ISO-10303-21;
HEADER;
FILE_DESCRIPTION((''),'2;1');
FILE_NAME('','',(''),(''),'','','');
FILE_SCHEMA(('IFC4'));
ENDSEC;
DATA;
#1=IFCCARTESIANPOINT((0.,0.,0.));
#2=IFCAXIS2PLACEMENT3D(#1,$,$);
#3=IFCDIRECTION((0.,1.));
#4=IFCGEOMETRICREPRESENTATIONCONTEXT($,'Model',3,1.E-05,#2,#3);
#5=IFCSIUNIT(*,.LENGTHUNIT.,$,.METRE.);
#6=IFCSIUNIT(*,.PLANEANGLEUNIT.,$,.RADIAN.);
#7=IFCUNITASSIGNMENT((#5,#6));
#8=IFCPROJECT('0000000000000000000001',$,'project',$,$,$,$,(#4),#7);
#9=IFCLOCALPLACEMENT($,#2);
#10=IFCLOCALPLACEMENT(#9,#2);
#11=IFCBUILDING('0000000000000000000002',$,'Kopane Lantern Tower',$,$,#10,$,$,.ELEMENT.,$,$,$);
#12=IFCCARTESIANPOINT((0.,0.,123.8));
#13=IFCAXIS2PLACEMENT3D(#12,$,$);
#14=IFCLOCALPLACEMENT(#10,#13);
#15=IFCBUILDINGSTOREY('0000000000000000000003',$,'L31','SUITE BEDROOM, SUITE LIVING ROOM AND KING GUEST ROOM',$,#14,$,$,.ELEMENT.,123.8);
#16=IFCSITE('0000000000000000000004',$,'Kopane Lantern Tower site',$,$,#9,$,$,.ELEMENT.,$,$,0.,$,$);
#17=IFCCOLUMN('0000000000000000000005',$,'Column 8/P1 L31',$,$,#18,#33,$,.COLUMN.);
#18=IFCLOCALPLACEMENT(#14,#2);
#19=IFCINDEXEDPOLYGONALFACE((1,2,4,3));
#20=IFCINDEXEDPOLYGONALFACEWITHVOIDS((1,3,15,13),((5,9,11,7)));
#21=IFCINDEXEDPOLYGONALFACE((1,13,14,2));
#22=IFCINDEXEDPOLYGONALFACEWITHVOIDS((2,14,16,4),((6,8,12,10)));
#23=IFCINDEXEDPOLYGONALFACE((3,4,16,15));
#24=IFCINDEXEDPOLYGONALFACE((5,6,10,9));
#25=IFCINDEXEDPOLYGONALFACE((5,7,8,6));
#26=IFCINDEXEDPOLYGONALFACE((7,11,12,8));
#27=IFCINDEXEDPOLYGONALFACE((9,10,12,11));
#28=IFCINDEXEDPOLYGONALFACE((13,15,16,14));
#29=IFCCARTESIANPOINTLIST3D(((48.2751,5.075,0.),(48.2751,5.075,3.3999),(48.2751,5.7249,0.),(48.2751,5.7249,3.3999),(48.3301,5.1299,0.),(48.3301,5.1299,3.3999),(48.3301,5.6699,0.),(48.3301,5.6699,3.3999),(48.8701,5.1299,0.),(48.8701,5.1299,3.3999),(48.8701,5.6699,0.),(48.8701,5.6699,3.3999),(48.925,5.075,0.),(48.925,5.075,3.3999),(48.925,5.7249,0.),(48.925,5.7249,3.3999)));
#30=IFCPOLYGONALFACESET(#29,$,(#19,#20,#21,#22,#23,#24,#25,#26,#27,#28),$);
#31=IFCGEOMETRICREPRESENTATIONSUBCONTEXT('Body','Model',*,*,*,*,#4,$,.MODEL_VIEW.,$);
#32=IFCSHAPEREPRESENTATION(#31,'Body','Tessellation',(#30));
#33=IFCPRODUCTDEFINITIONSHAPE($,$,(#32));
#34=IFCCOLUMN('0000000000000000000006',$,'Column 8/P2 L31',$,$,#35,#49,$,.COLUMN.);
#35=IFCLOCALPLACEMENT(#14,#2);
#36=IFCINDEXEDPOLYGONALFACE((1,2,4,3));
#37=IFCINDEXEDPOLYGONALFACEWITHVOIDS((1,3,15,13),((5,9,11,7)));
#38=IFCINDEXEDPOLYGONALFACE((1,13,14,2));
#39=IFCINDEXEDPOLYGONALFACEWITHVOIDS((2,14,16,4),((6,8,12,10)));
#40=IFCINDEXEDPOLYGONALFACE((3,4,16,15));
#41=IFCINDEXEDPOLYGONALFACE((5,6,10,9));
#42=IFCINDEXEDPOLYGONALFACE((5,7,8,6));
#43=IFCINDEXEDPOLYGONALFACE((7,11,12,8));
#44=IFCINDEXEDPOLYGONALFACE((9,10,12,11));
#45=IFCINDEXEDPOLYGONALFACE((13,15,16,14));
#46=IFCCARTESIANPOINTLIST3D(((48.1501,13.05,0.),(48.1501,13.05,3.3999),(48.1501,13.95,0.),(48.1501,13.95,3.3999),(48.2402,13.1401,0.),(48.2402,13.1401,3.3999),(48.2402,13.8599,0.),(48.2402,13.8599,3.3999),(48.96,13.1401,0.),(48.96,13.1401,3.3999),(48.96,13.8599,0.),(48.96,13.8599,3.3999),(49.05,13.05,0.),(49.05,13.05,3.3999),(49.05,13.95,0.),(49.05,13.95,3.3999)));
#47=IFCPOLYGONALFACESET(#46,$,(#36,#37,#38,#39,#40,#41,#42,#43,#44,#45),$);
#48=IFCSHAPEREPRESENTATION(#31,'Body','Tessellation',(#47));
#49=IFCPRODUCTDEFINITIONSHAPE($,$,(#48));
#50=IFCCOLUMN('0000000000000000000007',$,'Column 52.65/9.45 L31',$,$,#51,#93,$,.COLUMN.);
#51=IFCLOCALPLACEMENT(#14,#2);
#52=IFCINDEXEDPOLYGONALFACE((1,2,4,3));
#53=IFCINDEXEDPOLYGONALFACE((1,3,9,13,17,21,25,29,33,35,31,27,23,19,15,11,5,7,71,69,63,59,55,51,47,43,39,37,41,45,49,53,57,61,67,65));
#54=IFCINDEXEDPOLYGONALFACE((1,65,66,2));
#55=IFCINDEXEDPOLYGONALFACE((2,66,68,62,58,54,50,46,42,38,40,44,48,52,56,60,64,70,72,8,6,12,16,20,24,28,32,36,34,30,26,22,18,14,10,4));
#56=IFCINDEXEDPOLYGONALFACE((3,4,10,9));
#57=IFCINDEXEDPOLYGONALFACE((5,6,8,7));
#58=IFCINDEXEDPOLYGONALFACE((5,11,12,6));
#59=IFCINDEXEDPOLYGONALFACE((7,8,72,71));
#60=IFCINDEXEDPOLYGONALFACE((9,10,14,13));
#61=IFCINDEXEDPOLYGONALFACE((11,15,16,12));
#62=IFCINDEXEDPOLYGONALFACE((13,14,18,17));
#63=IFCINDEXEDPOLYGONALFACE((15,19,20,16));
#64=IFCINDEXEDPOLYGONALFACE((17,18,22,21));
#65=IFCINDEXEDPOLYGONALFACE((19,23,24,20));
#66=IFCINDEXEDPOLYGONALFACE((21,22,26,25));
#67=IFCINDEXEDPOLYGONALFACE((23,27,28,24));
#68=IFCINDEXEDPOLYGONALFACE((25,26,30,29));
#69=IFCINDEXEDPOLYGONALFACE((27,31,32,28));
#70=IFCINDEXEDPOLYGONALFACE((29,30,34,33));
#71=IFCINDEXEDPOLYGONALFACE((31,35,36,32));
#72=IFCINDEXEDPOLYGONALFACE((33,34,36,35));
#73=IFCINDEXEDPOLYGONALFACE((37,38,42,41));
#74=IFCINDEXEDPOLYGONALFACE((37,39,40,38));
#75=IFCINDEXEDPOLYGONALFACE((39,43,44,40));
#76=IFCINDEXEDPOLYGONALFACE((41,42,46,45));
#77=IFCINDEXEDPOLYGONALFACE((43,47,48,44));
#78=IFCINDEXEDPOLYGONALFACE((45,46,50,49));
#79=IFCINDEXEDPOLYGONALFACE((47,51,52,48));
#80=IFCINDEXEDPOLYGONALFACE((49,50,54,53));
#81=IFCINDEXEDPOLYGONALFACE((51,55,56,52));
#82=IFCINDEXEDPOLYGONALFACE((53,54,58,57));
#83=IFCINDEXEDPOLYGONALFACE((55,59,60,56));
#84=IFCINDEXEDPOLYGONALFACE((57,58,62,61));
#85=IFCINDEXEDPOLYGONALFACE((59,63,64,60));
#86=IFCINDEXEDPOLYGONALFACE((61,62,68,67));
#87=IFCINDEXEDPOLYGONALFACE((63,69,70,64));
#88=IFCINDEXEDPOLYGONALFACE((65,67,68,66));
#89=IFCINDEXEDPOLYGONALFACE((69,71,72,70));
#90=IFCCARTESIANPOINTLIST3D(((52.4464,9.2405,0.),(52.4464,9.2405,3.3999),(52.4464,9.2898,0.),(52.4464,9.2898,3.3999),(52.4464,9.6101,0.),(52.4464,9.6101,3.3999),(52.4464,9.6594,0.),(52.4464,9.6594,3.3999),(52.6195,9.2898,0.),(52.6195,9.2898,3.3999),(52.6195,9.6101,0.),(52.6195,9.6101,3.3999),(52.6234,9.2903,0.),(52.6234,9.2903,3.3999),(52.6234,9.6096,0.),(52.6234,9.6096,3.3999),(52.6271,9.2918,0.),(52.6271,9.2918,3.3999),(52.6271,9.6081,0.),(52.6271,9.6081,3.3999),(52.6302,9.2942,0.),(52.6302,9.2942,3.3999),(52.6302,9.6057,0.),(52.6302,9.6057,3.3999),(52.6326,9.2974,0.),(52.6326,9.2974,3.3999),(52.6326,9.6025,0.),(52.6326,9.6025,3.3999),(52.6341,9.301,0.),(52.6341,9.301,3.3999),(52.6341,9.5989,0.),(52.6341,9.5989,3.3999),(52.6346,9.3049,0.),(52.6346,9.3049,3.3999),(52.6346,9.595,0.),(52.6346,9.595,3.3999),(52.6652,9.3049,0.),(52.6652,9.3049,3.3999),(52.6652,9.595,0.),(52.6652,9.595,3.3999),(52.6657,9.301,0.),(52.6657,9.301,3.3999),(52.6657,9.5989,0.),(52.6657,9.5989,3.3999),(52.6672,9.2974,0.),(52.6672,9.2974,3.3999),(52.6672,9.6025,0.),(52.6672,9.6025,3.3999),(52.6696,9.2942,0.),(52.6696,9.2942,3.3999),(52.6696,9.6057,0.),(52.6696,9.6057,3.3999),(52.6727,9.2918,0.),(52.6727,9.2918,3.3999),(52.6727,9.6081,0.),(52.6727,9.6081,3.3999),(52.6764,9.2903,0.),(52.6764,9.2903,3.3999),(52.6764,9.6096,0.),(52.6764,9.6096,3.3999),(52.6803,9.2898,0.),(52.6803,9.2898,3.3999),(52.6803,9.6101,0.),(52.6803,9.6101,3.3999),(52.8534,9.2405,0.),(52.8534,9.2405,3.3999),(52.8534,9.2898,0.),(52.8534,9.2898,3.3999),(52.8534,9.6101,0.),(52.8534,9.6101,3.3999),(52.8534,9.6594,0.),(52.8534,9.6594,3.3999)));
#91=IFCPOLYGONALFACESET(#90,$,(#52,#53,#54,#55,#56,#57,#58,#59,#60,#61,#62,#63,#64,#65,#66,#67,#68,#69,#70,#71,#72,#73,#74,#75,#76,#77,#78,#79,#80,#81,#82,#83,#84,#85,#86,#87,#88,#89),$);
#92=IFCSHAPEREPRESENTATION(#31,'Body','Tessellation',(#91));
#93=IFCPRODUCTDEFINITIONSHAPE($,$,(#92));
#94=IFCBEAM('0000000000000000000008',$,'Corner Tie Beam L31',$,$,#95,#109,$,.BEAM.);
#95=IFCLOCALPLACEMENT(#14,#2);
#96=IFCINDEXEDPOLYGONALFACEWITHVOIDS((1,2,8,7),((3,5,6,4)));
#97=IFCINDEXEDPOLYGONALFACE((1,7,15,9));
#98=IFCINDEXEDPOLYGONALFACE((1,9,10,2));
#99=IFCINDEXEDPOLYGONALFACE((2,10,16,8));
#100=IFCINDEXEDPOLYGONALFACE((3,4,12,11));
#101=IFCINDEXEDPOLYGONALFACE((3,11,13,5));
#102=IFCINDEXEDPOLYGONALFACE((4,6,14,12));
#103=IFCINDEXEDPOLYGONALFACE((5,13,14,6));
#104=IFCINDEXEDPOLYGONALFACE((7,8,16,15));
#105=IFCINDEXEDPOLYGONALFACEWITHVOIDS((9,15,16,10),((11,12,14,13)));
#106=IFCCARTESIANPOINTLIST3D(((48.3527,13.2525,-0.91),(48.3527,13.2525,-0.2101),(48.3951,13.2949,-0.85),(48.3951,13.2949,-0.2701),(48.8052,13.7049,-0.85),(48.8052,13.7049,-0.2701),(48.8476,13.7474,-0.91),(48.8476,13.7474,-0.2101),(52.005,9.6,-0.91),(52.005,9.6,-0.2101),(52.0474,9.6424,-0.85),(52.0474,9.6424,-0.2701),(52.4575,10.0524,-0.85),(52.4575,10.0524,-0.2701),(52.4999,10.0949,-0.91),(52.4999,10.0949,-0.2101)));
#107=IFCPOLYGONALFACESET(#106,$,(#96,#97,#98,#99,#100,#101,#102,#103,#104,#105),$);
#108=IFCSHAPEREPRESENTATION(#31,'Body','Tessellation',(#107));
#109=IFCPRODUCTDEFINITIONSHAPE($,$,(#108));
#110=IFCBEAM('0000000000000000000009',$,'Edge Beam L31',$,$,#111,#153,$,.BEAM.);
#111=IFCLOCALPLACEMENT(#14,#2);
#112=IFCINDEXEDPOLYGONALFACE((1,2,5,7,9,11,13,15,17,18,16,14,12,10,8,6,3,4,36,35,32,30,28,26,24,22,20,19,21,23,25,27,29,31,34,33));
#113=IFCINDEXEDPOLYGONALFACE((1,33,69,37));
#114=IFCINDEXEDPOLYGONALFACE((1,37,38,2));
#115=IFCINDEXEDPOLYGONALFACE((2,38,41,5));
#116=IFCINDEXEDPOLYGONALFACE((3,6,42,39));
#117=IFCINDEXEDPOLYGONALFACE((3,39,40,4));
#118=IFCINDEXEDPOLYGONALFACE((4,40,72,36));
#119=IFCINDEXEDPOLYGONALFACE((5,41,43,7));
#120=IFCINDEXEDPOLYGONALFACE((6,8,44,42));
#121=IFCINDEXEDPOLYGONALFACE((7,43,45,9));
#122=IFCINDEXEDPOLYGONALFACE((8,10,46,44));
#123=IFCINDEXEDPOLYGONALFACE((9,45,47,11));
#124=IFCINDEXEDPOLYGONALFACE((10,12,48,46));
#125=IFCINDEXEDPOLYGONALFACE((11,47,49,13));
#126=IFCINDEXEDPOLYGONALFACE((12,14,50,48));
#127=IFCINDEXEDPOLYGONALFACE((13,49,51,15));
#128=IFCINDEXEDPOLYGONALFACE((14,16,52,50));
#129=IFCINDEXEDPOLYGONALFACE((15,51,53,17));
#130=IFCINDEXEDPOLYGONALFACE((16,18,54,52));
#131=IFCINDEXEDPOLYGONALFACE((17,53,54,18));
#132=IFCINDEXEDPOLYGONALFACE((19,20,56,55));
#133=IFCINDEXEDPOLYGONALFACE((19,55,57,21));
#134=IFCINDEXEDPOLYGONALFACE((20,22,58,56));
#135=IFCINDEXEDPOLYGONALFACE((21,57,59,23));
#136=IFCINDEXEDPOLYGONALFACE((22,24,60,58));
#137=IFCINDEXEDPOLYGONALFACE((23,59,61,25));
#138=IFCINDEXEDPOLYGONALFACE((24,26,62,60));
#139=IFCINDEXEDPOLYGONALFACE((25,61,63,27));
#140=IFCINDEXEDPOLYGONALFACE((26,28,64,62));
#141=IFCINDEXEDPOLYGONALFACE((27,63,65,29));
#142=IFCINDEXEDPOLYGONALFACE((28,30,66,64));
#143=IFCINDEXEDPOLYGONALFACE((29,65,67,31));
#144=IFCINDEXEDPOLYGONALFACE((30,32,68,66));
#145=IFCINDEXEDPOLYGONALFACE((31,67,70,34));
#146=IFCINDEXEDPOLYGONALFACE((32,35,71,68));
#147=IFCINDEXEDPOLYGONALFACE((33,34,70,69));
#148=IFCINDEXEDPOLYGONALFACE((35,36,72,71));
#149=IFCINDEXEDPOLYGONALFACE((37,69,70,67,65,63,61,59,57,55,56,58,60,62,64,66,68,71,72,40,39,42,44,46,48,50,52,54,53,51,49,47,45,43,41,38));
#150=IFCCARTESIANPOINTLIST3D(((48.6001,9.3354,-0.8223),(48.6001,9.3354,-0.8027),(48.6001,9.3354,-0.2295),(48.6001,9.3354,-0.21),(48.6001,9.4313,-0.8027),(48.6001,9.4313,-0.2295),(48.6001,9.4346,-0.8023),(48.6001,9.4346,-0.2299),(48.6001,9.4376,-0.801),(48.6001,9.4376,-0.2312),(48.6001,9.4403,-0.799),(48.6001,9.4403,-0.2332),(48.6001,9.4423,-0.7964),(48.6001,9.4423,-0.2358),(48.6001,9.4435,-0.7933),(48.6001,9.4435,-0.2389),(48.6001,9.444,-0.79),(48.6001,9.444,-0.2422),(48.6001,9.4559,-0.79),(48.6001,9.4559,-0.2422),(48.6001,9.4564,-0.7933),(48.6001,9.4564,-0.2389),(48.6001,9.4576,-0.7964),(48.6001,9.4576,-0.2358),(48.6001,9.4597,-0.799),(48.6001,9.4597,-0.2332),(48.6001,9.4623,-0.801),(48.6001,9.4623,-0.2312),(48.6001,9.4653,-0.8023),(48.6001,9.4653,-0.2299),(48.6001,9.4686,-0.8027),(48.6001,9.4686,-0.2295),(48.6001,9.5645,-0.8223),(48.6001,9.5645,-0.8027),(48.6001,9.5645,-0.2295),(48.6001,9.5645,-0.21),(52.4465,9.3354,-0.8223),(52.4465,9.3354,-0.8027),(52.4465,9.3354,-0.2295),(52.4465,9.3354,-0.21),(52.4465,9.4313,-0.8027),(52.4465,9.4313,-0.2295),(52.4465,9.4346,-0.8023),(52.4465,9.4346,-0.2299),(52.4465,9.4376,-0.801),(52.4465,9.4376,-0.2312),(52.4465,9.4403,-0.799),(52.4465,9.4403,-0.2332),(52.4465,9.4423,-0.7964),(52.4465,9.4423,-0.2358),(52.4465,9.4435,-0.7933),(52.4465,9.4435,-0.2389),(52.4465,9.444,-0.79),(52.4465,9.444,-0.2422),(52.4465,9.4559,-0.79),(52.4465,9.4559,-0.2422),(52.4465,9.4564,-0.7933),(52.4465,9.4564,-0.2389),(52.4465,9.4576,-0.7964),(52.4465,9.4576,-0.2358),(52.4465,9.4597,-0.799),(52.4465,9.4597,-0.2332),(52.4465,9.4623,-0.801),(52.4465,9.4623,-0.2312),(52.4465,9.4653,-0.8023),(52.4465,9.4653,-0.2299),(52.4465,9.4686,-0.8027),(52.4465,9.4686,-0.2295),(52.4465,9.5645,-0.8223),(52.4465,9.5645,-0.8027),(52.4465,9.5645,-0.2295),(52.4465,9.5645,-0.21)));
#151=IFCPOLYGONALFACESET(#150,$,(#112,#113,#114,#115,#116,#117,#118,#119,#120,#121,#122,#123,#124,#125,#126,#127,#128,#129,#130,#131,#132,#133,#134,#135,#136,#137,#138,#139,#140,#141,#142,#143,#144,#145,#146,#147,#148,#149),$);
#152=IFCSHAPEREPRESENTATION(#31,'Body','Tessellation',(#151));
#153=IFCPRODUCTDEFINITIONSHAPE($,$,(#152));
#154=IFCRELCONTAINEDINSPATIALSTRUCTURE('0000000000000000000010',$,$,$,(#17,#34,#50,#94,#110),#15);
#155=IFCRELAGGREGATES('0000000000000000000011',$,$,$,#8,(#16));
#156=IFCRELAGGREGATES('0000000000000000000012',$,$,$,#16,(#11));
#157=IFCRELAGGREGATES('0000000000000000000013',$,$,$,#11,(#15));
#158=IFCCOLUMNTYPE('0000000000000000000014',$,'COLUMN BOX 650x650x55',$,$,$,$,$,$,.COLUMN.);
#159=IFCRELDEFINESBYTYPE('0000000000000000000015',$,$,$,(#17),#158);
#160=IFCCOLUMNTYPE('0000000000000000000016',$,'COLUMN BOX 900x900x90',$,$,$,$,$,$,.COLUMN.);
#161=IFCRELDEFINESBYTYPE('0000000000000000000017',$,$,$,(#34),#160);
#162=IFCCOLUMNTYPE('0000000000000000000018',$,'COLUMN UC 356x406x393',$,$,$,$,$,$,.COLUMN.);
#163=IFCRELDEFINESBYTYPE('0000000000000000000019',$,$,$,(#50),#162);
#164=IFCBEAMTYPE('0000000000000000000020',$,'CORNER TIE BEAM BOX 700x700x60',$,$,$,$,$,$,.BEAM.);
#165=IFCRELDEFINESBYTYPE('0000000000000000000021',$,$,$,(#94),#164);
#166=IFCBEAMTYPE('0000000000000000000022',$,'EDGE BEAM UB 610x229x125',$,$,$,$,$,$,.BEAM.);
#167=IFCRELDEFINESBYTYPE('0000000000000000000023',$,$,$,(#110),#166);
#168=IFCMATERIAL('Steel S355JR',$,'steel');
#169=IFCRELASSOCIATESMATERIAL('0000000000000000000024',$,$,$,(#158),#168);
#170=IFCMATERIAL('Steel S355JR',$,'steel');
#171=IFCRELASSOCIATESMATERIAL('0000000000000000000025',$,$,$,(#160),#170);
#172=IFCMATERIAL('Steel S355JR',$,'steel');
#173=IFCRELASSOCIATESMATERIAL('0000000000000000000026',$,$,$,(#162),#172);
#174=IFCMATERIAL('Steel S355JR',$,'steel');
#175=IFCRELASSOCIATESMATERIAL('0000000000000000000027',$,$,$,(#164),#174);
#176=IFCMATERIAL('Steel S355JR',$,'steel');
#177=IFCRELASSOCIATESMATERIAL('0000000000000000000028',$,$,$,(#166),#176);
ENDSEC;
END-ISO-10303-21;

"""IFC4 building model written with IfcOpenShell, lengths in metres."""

from ifc_helpers import new_model, si_unit, direction, frame, origin, origin_2d, place, context, subcontext, project, spatial, hollow_rectangle, i_section, extrude, material, material_profile, profile_set, type_object, element, save


model = new_model("IFC4")

# Units and contexts
model_context = context("Model", 3, precision=1e-05, world=origin(), true_north=direction((0.0, 1.0)))
body_context = subcontext(model_context, "Body", "Model", "MODEL_VIEW")
ifc_project = project(units=[si_unit("LENGTHUNIT", "METRE"), si_unit("PLANEANGLEUNIT", "RADIAN")], contexts=[model_context])

# Site, building, storey
site_placement = place(None, origin())
site = spatial("IfcSite", under=ifc_project, at=site_placement, Name="Kopane Lantern Tower site", CompositionType="ELEMENT", RefElevation=0.0)
building_placement = place(site_placement, origin())
building = spatial("IfcBuilding", under=site, at=building_placement, Name="Kopane Lantern Tower", CompositionType="ELEMENT")
storey_placement = place(building_placement, frame((0.0, 0.0, 123.8)))
storey = spatial("IfcBuildingStorey", under=building, at=storey_placement, Name="L31", Description="SUITE BEDROOM, SUITE LIVING ROOM AND KING GUEST ROOM", CompositionType="ELEMENT", Elevation=123.8)

# Columns
ifc_material_1 = material(Name="Steel S355JR", Category="steel")
ifc_material_profile_1 = material_profile(ifc_material_1, hollow_rectangle(XDim=0.6499, YDim=0.6499, WallThickness=0.0549, at=origin_2d()), Name="BOX 650x650x55")
ifc_profile_set_1 = profile_set([ifc_material_profile_1], Name="Steel S355JR")
column_type_1 = type_object("IfcColumnType", Name="COLUMN BOX 650x650x55", PredefinedType="COLUMN", material=ifc_profile_set_1)
column_1_placement = place(storey_placement, frame((48.6001, 5.3999, 0.0), z_axis=(0.0, 0.0, 1.0), x_axis=(1.0, 0.0, 0.0)))
element("IfcColumn", 1, at=column_1_placement, inside=storey, type_object=column_type_1, Name="Column 8/P1 L31", PredefinedType="COLUMN", context=body_context, shape_type="SweptSolid", body=[
    extrude(hollow_rectangle(XDim=0.6499, YDim=0.6499, WallThickness=0.0549, at=origin_2d()), origin(), (0.0, 0.0, 1.0), 3.3999),
])
ifc_material_2 = material(Name="Steel S355JR", Category="steel")
ifc_material_profile_2 = material_profile(ifc_material_2, hollow_rectangle(XDim=0.8999, YDim=0.8999, WallThickness=0.0901, at=origin_2d()), Name="BOX 900x900x90")
ifc_profile_set_2 = profile_set([ifc_material_profile_2], Name="Steel S355JR")
column_type_2 = type_object("IfcColumnType", Name="COLUMN BOX 900x900x90", PredefinedType="COLUMN", material=ifc_profile_set_2)
column_2_placement = place(storey_placement, frame((48.6001, 13.5, 0.0), z_axis=(0.0, 0.0, 1.0), x_axis=(1.0, 0.0, 0.0)))
element("IfcColumn", 2, at=column_2_placement, inside=storey, type_object=column_type_2, Name="Column 8/P2 L31", PredefinedType="COLUMN", context=body_context, shape_type="SweptSolid", body=[
    extrude(hollow_rectangle(XDim=0.8999, YDim=0.8999, WallThickness=0.0901, at=origin_2d()), origin(), (0.0, 0.0, 1.0), 3.3999),
])
ifc_material_3 = material(Name="Steel S355JR", Category="steel")
ifc_material_profile_3 = material_profile(ifc_material_3, i_section(OverallWidth=0.407, OverallDepth=0.4189, WebThickness=0.0305, FlangeThickness=0.0493, FilletRadius=0.0151, at=origin_2d()), Name="UC 356x406x393")
ifc_profile_set_3 = profile_set([ifc_material_profile_3], Name="Steel S355JR")
column_type_3 = type_object("IfcColumnType", Name="COLUMN UC 356x406x393", PredefinedType="COLUMN", material=ifc_profile_set_3)
column_3_placement = place(storey_placement, frame((52.6499, 9.45, 0.0), z_axis=(0.0, 0.0, 1.0), x_axis=(1.0, 0.0, 0.0)))
element("IfcColumn", 3, at=column_3_placement, inside=storey, type_object=column_type_3, Name="Column 52.65/9.45 L31", PredefinedType="COLUMN", context=body_context, shape_type="SweptSolid", body=[
    extrude(i_section(OverallWidth=0.407, OverallDepth=0.4189, WebThickness=0.0305, FlangeThickness=0.0493, FilletRadius=0.0151, at=origin_2d()), origin(), (0.0, 0.0, 1.0), 3.3999),
])

# Beams
ifc_material_4 = material(Name="Steel S355JR", Category="steel")
ifc_material_profile_4 = material_profile(ifc_material_4, hollow_rectangle(XDim=0.7, YDim=0.7, WallThickness=0.0601, at=origin_2d()), Name="BOX 700x700x60")
ifc_profile_set_4 = profile_set([ifc_material_profile_4], Name="Steel S355JR")
beam_type_1 = type_object("IfcBeamType", Name="CORNER TIE BEAM BOX 700x700x60", PredefinedType="BEAM", material=ifc_profile_set_4)
beam_placement = place(storey_placement, frame((52.2524, 9.8474, -0.5601), z_axis=(-0.707083, 0.70713, 0.0), x_axis=(-0.70713, -0.707083, 0.0)))
element("IfcBeam", 4, at=beam_placement, inside=storey, type_object=beam_type_1, Name="Corner Tie Beam L31", PredefinedType="BEAM", context=body_context, shape_type="SweptSolid", body=[
    extrude(hollow_rectangle(XDim=0.7, YDim=0.7, WallThickness=0.0601, at=origin_2d()), origin(), (0.0, 0.0, 1.0), 5.1653),
])
ifc_material_5 = material(Name="Steel S355JR", Category="steel")
ifc_material_profile_5 = material_profile(ifc_material_5, i_section(OverallWidth=0.229, OverallDepth=0.6123, WebThickness=0.012, FlangeThickness=0.0195, FilletRadius=0.0127, at=origin_2d()), Name="UB 610x229x125")
ifc_profile_set_5 = profile_set([ifc_material_profile_5], Name="Steel S355JR")
beam_type_2 = type_object("IfcBeamType", Name="EDGE BEAM UB 610x229x125", PredefinedType="BEAM", material=ifc_profile_set_5)
for number, where, z_axis, x_axis, name in (
    (5, (52.4465, 9.45, -0.5161), (-1.0, 0.0, 0.0), (0.0, -1.0, 0.0), "Edge Beam L31"),
):
    element("IfcBeam", number, at=place(storey_placement, frame(where, z_axis=z_axis, x_axis=x_axis)), inside=storey, type_object=beam_type_2, Name=name, PredefinedType="BEAM", context=body_context, shape_type="SweptSolid", body=[
        extrude(i_section(OverallWidth=0.229, OverallDepth=0.6123, WebThickness=0.012, FlangeThickness=0.0195, FilletRadius=0.0127, at=origin_2d()), origin(), (0.0, 0.0, 1.0), 3.8464),
    ])

save(model, "model.ifc")
